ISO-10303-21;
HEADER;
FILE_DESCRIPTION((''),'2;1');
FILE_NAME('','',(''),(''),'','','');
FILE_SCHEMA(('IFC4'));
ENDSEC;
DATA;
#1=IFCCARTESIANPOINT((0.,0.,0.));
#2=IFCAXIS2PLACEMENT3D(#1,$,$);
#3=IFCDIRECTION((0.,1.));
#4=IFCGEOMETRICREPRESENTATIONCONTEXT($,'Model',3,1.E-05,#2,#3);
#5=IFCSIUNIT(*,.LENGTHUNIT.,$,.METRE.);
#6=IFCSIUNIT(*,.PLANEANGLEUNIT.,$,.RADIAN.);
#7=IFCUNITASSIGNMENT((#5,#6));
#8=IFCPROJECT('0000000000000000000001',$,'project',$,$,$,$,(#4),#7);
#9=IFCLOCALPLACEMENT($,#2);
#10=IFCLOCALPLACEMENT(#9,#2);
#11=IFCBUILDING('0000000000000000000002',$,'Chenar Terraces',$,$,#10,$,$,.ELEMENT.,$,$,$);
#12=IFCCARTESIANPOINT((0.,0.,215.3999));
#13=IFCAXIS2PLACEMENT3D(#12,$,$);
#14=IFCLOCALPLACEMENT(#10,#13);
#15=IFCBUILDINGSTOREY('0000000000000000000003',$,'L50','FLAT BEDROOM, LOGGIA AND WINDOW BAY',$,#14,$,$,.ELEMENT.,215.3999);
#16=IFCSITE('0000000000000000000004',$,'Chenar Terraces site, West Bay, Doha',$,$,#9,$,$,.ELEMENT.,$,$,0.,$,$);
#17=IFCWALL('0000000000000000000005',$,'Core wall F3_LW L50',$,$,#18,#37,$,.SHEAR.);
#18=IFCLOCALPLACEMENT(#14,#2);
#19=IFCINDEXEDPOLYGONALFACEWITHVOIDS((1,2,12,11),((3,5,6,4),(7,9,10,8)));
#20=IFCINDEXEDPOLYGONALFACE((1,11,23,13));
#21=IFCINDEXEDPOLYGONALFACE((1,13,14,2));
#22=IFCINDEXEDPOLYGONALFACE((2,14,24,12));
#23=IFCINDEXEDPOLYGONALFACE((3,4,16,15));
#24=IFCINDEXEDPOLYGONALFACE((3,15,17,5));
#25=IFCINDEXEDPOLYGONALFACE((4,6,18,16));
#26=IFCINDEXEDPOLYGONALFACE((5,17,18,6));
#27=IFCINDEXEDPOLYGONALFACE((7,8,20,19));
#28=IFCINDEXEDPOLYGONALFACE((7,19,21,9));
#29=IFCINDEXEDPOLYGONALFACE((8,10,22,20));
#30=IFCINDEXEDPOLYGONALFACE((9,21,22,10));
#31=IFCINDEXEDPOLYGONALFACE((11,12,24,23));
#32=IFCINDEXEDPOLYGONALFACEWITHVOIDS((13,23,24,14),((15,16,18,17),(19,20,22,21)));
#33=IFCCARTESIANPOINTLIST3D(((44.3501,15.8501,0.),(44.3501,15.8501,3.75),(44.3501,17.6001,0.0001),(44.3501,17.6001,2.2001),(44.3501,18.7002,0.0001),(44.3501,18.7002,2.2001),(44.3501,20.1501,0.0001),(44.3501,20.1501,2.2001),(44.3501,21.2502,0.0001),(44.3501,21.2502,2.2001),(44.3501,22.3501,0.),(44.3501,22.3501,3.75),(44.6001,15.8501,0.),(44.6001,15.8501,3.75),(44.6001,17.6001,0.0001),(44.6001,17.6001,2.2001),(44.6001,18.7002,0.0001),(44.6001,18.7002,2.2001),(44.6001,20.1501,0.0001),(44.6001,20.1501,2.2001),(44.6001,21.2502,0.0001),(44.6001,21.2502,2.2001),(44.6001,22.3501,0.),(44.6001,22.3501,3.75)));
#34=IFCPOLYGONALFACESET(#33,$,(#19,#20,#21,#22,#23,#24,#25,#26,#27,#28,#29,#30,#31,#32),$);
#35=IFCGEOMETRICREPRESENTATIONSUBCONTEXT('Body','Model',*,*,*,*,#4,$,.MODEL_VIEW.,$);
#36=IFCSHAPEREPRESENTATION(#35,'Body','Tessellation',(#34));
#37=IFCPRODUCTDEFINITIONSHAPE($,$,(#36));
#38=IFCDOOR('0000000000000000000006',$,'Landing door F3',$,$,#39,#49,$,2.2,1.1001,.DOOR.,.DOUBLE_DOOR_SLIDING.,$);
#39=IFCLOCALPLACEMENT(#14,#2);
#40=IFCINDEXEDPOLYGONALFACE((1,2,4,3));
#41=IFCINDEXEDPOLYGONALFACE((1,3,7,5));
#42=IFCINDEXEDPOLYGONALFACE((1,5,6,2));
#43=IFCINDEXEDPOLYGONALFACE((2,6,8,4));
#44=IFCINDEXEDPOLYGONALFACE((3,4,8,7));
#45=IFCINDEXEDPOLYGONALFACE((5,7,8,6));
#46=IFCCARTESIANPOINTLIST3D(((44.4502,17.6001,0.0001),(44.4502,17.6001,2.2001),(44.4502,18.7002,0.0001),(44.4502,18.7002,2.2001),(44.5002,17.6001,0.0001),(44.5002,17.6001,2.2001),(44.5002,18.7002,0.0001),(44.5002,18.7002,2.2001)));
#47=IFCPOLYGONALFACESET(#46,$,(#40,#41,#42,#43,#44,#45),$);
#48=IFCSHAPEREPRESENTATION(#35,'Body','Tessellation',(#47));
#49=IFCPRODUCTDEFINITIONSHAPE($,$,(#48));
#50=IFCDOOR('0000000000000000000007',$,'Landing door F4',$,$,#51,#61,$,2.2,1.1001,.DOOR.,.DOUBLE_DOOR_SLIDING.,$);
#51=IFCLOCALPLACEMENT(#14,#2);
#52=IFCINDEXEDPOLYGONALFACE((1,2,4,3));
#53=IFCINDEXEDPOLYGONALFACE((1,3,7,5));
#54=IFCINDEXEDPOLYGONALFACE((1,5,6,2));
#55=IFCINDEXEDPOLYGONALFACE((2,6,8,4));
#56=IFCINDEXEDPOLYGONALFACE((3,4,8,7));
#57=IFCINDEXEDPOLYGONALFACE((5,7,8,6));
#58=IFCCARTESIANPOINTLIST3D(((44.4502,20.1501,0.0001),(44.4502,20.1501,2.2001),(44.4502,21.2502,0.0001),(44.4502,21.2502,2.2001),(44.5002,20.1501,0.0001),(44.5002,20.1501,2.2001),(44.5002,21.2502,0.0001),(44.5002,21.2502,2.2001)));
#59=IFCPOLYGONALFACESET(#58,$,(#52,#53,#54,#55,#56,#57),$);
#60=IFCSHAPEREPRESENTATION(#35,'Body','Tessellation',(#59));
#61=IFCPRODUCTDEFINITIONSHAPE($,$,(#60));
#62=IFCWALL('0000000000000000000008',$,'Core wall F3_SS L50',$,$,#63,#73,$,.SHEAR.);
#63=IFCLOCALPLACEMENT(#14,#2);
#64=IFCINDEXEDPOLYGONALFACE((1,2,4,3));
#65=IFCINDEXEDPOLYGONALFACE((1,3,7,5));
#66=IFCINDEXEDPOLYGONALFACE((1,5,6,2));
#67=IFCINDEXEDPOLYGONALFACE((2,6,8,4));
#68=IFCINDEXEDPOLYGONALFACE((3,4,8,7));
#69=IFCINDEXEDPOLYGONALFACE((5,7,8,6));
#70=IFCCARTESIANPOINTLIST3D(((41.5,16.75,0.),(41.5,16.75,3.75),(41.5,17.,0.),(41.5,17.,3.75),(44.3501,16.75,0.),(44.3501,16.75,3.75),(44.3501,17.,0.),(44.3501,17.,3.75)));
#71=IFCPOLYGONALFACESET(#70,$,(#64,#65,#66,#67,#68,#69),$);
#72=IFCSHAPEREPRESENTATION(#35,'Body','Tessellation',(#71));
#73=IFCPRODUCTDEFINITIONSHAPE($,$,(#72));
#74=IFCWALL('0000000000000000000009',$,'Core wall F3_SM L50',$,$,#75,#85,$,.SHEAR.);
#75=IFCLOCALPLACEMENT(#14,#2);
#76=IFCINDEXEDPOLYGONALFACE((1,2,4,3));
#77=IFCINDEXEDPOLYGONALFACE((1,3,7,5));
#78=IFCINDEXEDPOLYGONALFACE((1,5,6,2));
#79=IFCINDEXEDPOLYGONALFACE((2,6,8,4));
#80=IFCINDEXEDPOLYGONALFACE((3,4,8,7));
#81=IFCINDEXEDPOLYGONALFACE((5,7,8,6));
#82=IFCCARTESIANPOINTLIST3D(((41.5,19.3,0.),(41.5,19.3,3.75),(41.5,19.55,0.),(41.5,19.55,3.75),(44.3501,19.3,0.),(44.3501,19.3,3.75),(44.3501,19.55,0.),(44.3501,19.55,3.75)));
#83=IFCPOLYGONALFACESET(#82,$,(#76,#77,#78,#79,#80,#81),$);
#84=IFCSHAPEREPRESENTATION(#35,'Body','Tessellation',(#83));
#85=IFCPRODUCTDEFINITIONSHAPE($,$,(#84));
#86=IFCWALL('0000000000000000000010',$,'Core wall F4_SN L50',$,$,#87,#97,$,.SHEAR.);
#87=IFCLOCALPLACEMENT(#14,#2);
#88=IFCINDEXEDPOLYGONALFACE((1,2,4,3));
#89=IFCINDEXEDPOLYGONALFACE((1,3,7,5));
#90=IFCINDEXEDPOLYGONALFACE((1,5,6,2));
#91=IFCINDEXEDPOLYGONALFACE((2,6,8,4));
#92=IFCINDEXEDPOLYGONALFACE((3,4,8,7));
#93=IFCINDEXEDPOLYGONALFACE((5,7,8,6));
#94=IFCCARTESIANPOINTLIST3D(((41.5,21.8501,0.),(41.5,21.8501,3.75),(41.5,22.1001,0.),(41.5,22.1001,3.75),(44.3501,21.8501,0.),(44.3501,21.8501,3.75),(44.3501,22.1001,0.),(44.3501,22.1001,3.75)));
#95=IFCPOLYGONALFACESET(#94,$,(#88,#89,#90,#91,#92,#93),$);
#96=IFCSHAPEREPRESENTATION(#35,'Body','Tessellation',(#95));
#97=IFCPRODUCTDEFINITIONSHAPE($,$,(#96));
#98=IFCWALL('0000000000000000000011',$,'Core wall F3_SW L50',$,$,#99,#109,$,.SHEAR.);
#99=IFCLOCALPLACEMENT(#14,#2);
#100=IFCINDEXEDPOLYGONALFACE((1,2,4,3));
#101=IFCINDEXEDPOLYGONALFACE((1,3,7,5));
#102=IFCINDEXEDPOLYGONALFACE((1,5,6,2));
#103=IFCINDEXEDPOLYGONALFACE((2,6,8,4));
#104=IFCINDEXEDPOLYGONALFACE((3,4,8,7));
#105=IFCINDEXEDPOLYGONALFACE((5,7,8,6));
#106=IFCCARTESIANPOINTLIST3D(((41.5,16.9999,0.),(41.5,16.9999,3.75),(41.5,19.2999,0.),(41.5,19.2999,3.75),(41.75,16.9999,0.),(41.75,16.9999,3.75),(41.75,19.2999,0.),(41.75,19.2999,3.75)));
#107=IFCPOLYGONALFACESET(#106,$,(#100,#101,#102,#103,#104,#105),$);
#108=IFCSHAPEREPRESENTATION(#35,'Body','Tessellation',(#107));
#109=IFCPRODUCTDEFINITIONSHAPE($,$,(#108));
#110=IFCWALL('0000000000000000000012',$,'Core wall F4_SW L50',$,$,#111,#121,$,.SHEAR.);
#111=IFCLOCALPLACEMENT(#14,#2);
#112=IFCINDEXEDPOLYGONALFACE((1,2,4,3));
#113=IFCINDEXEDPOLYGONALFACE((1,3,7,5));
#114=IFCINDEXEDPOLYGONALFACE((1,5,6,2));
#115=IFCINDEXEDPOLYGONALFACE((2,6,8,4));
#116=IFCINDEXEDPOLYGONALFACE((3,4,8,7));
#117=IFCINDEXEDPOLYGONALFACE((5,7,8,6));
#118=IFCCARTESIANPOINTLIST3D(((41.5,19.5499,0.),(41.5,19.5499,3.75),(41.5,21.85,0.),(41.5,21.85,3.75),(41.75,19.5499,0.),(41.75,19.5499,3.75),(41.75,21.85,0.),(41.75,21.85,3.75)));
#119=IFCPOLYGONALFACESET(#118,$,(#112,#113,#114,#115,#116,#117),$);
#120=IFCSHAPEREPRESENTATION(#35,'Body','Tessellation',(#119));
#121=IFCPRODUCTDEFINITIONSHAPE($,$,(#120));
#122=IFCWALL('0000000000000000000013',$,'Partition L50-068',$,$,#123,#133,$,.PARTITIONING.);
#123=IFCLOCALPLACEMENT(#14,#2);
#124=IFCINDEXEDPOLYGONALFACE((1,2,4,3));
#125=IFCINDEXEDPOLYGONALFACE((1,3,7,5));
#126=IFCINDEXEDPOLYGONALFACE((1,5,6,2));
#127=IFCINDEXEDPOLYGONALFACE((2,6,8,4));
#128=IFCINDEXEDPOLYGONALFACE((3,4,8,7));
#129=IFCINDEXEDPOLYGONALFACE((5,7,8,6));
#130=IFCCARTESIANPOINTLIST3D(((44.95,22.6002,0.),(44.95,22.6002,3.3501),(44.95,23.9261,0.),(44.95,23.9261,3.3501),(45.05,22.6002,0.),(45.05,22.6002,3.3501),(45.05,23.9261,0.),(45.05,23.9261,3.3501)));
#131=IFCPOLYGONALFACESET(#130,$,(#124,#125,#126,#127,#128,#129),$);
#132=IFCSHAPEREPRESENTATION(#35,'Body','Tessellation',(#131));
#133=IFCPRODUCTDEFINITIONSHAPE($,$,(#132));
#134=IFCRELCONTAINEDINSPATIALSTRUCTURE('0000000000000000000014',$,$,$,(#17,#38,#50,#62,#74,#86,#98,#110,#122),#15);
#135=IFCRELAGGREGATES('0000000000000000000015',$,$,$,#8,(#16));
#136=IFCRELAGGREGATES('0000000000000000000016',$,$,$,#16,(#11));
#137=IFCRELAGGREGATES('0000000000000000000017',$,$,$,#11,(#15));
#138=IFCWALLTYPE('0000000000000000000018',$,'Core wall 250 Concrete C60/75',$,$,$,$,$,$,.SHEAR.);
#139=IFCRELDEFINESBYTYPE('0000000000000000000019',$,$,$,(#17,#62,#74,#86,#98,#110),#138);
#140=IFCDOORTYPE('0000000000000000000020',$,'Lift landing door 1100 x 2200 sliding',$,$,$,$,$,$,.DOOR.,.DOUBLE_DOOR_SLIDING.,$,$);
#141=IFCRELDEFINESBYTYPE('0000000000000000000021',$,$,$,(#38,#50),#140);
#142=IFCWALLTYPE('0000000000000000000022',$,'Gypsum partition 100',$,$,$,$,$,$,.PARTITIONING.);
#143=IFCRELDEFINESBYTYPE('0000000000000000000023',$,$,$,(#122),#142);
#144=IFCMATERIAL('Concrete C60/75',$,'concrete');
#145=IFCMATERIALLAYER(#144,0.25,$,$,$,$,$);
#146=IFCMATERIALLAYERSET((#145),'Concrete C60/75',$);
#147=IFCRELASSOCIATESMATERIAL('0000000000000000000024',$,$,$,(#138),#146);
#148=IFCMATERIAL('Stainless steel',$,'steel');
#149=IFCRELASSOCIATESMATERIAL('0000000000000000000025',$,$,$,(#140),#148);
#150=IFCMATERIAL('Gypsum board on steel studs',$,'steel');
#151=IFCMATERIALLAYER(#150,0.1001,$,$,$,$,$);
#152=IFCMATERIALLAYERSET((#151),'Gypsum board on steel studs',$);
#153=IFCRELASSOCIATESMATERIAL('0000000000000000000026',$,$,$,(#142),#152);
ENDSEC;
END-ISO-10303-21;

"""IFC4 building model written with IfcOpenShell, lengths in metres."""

from ifc_helpers import new_model, si_unit, direction, frame, frame_2d, origin, place, context, subcontext, project, spatial, rectangle, extrude, material, layer, layer_set, type_object, element, fill, save


model = new_model("IFC4")

# Units and contexts
model_context = context("Model", 3, precision=1e-05, world=origin(), true_north=direction((0.0, 1.0)))
body_context = subcontext(model_context, "Body", "Model", "MODEL_VIEW")
ifc_project = project(units=[si_unit("LENGTHUNIT", "METRE"), si_unit("PLANEANGLEUNIT", "RADIAN")], contexts=[model_context])

# Site, building, storey
site_placement = place(None, origin())
site = spatial("IfcSite", under=ifc_project, at=site_placement, Name="Chenar Terraces site, West Bay, Doha", CompositionType="ELEMENT", RefElevation=0.0)
building_placement = place(site_placement, origin())
building = spatial("IfcBuilding", under=site, at=building_placement, Name="Chenar Terraces", CompositionType="ELEMENT")
storey_placement = place(building_placement, frame((0.0, 0.0, 215.3999)))
storey = spatial("IfcBuildingStorey", under=building, at=storey_placement, Name="L50", Description="FLAT BEDROOM, LOGGIA AND WINDOW BAY", CompositionType="ELEMENT", Elevation=215.3999)

# Shared definitions
ifc_material_1 = material(Name="Concrete C60/75", Category="concrete")
ifc_layer_1 = layer(ifc_material_1, 0.25)
ifc_layer_set_1 = layer_set([ifc_layer_1], Name="Concrete C60/75")
wall_type_1 = type_object("IfcWallType", Name="Core wall 250 Concrete C60/75", PredefinedType="SHEAR", material=ifc_layer_set_1)

# Wall, openings, doors
wall_1_placement = place(storey_placement, frame((44.4751, 15.8501, 0.0), z_axis=(0.0, 0.0, 1.0), x_axis=(0.0, 1.0, 0.0)))
wall_1 = element("IfcWall", 1, at=wall_1_placement, inside=storey, type_object=wall_type_1, Name="Core wall F3_LW L50", PredefinedType="SHEAR", context=body_context, shape_type="SweptSolid", body=[
    extrude(rectangle(XDim=6.5, YDim=0.25, at=frame_2d((3.25, 0.0))), origin(), (0.0, 0.0, 1.0), 3.75),
])
opening_1_placement = place(wall_1_placement, frame((1.75, 0.0, 0.0)))
opening_1 = element("IfcOpeningElement", 2, at=opening_1_placement, cuts=wall_1, PredefinedType="OPENING", context=body_context, shape_type="SweptSolid", body=[
    extrude(rectangle(XDim=1.1001, YDim=2.2, at=frame_2d((0.55, 1.1001))), frame((0.0, 0.135, 0.0), z_axis=(0.0, -1.0, 0.0), x_axis=(1.0, 0.0, 0.0)), (0.0, 0.0, 1.0), 0.27),
])
opening_2_placement = place(wall_1_placement, frame((4.3, 0.0, 0.0)))
opening_2 = element("IfcOpeningElement", 3, at=opening_2_placement, cuts=wall_1, PredefinedType="OPENING", context=body_context, shape_type="SweptSolid", body=[
    extrude(rectangle(XDim=1.1001, YDim=2.2, at=frame_2d((0.55, 1.1001))), frame((0.0, 0.135, 0.0), z_axis=(0.0, -1.0, 0.0), x_axis=(1.0, 0.0, 0.0)), (0.0, 0.0, 1.0), 0.27),
])
ifc_material_2 = material(Name="Stainless steel", Category="steel")
door_type_1 = type_object("IfcDoorType", Name="Lift landing door 1100 x 2200 sliding", OperationType="DOUBLE_DOOR_SLIDING", PredefinedType="DOOR", material=ifc_material_2)
door_1_placement = place(opening_1_placement, origin())
door_1 = element("IfcDoor", 4, at=door_1_placement, inside=storey, type_object=door_type_1, Name="Landing door F3", OperationType="DOUBLE_DOOR_SLIDING", OverallHeight=2.2, OverallWidth=1.1001, PredefinedType="DOOR", context=body_context, shape_type="SweptSolid", body=[
    extrude(rectangle(XDim=1.1001, YDim=2.2, at=frame_2d((0.55, 1.1001))), frame((0.0, 0.0249, 0.0), z_axis=(0.0, -1.0, 0.0), x_axis=(1.0, 0.0, 0.0)), (0.0, 0.0, 1.0), 0.05),
])
fill(opening_1, door_1)
door_2_placement = place(opening_2_placement, origin())
door_2 = element("IfcDoor", 5, at=door_2_placement, inside=storey, type_object=door_type_1, Name="Landing door F4", OperationType="DOUBLE_DOOR_SLIDING", OverallHeight=2.2, OverallWidth=1.1001, PredefinedType="DOOR", context=body_context, shape_type="SweptSolid", body=[
    extrude(rectangle(XDim=1.1001, YDim=2.2, at=frame_2d((0.55, 1.1001))), frame((0.0, 0.0249, 0.0), z_axis=(0.0, -1.0, 0.0), x_axis=(1.0, 0.0, 0.0)), (0.0, 0.0, 1.0), 0.05),
])
fill(opening_2, door_2)

# Walls
for number, where, z_axis, x_axis, name in (
    (6, (41.5, 16.875, 0.0), (0.0, 0.0, 1.0), (1.0, 0.0, 0.0), "Core wall F3_SS L50"),
    (7, (41.5, 19.425, 0.0), (0.0, 0.0, 1.0), (1.0, 0.0, 0.0), "Core wall F3_SM L50"),
    (8, (41.5, 21.9751, 0.0), (0.0, 0.0, 1.0), (1.0, 0.0, 0.0), "Core wall F4_SN L50"),
):
    element("IfcWall", number, at=place(storey_placement, frame(where, z_axis=z_axis, x_axis=x_axis)), inside=storey, type_object=wall_type_1, Name=name, PredefinedType="SHEAR", context=body_context, shape_type="SweptSolid", body=[
        extrude(rectangle(XDim=2.8501, YDim=0.25, at=frame_2d((1.425, 0.0))), origin(), (0.0, 0.0, 1.0), 3.75),
    ])
for number, where, z_axis, x_axis, name in (
    (9, (41.625, 17.0, 0.0), (0.0, 0.0, 1.0), (0.0, 1.0, 0.0), "Core wall F3_SW L50"),
    (10, (41.625, 19.55, 0.0), (0.0, 0.0, 1.0), (0.0, 1.0, 0.0), "Core wall F4_SW L50"),
):
    element("IfcWall", number, at=place(storey_placement, frame(where, z_axis=z_axis, x_axis=x_axis)), inside=storey, type_object=wall_type_1, Name=name, PredefinedType="SHEAR", context=body_context, shape_type="SweptSolid", body=[
        extrude(rectangle(XDim=2.3, YDim=0.25, at=frame_2d((1.1499, 0.0))), origin(), (0.0, 0.0, 1.0), 3.75),
    ])
ifc_material_3 = material(Name="Gypsum board on steel studs", Category="steel")
ifc_layer_2 = layer(ifc_material_3, 0.1001)
ifc_layer_set_2 = layer_set([ifc_layer_2], Name="Gypsum board on steel studs")
wall_type_2 = type_object("IfcWallType", Name="Gypsum partition 100", PredefinedType="PARTITIONING", material=ifc_layer_set_2)
wall_2_placement = place(storey_placement, frame((45.0, 22.6001, 0.0), z_axis=(0.0, 0.0, 1.0), x_axis=(0.0, 1.0, 0.0)))
element("IfcWall", 11, at=wall_2_placement, inside=storey, type_object=wall_type_2, Name="Partition L50-068", PredefinedType="PARTITIONING", context=body_context, shape_type="SweptSolid", body=[
    extrude(rectangle(XDim=1.3259, YDim=0.1001, at=frame_2d((0.6631, 0.0))), origin(), (0.0, 0.0, 1.0), 3.3501),
])

save(model, "model.ifc")
